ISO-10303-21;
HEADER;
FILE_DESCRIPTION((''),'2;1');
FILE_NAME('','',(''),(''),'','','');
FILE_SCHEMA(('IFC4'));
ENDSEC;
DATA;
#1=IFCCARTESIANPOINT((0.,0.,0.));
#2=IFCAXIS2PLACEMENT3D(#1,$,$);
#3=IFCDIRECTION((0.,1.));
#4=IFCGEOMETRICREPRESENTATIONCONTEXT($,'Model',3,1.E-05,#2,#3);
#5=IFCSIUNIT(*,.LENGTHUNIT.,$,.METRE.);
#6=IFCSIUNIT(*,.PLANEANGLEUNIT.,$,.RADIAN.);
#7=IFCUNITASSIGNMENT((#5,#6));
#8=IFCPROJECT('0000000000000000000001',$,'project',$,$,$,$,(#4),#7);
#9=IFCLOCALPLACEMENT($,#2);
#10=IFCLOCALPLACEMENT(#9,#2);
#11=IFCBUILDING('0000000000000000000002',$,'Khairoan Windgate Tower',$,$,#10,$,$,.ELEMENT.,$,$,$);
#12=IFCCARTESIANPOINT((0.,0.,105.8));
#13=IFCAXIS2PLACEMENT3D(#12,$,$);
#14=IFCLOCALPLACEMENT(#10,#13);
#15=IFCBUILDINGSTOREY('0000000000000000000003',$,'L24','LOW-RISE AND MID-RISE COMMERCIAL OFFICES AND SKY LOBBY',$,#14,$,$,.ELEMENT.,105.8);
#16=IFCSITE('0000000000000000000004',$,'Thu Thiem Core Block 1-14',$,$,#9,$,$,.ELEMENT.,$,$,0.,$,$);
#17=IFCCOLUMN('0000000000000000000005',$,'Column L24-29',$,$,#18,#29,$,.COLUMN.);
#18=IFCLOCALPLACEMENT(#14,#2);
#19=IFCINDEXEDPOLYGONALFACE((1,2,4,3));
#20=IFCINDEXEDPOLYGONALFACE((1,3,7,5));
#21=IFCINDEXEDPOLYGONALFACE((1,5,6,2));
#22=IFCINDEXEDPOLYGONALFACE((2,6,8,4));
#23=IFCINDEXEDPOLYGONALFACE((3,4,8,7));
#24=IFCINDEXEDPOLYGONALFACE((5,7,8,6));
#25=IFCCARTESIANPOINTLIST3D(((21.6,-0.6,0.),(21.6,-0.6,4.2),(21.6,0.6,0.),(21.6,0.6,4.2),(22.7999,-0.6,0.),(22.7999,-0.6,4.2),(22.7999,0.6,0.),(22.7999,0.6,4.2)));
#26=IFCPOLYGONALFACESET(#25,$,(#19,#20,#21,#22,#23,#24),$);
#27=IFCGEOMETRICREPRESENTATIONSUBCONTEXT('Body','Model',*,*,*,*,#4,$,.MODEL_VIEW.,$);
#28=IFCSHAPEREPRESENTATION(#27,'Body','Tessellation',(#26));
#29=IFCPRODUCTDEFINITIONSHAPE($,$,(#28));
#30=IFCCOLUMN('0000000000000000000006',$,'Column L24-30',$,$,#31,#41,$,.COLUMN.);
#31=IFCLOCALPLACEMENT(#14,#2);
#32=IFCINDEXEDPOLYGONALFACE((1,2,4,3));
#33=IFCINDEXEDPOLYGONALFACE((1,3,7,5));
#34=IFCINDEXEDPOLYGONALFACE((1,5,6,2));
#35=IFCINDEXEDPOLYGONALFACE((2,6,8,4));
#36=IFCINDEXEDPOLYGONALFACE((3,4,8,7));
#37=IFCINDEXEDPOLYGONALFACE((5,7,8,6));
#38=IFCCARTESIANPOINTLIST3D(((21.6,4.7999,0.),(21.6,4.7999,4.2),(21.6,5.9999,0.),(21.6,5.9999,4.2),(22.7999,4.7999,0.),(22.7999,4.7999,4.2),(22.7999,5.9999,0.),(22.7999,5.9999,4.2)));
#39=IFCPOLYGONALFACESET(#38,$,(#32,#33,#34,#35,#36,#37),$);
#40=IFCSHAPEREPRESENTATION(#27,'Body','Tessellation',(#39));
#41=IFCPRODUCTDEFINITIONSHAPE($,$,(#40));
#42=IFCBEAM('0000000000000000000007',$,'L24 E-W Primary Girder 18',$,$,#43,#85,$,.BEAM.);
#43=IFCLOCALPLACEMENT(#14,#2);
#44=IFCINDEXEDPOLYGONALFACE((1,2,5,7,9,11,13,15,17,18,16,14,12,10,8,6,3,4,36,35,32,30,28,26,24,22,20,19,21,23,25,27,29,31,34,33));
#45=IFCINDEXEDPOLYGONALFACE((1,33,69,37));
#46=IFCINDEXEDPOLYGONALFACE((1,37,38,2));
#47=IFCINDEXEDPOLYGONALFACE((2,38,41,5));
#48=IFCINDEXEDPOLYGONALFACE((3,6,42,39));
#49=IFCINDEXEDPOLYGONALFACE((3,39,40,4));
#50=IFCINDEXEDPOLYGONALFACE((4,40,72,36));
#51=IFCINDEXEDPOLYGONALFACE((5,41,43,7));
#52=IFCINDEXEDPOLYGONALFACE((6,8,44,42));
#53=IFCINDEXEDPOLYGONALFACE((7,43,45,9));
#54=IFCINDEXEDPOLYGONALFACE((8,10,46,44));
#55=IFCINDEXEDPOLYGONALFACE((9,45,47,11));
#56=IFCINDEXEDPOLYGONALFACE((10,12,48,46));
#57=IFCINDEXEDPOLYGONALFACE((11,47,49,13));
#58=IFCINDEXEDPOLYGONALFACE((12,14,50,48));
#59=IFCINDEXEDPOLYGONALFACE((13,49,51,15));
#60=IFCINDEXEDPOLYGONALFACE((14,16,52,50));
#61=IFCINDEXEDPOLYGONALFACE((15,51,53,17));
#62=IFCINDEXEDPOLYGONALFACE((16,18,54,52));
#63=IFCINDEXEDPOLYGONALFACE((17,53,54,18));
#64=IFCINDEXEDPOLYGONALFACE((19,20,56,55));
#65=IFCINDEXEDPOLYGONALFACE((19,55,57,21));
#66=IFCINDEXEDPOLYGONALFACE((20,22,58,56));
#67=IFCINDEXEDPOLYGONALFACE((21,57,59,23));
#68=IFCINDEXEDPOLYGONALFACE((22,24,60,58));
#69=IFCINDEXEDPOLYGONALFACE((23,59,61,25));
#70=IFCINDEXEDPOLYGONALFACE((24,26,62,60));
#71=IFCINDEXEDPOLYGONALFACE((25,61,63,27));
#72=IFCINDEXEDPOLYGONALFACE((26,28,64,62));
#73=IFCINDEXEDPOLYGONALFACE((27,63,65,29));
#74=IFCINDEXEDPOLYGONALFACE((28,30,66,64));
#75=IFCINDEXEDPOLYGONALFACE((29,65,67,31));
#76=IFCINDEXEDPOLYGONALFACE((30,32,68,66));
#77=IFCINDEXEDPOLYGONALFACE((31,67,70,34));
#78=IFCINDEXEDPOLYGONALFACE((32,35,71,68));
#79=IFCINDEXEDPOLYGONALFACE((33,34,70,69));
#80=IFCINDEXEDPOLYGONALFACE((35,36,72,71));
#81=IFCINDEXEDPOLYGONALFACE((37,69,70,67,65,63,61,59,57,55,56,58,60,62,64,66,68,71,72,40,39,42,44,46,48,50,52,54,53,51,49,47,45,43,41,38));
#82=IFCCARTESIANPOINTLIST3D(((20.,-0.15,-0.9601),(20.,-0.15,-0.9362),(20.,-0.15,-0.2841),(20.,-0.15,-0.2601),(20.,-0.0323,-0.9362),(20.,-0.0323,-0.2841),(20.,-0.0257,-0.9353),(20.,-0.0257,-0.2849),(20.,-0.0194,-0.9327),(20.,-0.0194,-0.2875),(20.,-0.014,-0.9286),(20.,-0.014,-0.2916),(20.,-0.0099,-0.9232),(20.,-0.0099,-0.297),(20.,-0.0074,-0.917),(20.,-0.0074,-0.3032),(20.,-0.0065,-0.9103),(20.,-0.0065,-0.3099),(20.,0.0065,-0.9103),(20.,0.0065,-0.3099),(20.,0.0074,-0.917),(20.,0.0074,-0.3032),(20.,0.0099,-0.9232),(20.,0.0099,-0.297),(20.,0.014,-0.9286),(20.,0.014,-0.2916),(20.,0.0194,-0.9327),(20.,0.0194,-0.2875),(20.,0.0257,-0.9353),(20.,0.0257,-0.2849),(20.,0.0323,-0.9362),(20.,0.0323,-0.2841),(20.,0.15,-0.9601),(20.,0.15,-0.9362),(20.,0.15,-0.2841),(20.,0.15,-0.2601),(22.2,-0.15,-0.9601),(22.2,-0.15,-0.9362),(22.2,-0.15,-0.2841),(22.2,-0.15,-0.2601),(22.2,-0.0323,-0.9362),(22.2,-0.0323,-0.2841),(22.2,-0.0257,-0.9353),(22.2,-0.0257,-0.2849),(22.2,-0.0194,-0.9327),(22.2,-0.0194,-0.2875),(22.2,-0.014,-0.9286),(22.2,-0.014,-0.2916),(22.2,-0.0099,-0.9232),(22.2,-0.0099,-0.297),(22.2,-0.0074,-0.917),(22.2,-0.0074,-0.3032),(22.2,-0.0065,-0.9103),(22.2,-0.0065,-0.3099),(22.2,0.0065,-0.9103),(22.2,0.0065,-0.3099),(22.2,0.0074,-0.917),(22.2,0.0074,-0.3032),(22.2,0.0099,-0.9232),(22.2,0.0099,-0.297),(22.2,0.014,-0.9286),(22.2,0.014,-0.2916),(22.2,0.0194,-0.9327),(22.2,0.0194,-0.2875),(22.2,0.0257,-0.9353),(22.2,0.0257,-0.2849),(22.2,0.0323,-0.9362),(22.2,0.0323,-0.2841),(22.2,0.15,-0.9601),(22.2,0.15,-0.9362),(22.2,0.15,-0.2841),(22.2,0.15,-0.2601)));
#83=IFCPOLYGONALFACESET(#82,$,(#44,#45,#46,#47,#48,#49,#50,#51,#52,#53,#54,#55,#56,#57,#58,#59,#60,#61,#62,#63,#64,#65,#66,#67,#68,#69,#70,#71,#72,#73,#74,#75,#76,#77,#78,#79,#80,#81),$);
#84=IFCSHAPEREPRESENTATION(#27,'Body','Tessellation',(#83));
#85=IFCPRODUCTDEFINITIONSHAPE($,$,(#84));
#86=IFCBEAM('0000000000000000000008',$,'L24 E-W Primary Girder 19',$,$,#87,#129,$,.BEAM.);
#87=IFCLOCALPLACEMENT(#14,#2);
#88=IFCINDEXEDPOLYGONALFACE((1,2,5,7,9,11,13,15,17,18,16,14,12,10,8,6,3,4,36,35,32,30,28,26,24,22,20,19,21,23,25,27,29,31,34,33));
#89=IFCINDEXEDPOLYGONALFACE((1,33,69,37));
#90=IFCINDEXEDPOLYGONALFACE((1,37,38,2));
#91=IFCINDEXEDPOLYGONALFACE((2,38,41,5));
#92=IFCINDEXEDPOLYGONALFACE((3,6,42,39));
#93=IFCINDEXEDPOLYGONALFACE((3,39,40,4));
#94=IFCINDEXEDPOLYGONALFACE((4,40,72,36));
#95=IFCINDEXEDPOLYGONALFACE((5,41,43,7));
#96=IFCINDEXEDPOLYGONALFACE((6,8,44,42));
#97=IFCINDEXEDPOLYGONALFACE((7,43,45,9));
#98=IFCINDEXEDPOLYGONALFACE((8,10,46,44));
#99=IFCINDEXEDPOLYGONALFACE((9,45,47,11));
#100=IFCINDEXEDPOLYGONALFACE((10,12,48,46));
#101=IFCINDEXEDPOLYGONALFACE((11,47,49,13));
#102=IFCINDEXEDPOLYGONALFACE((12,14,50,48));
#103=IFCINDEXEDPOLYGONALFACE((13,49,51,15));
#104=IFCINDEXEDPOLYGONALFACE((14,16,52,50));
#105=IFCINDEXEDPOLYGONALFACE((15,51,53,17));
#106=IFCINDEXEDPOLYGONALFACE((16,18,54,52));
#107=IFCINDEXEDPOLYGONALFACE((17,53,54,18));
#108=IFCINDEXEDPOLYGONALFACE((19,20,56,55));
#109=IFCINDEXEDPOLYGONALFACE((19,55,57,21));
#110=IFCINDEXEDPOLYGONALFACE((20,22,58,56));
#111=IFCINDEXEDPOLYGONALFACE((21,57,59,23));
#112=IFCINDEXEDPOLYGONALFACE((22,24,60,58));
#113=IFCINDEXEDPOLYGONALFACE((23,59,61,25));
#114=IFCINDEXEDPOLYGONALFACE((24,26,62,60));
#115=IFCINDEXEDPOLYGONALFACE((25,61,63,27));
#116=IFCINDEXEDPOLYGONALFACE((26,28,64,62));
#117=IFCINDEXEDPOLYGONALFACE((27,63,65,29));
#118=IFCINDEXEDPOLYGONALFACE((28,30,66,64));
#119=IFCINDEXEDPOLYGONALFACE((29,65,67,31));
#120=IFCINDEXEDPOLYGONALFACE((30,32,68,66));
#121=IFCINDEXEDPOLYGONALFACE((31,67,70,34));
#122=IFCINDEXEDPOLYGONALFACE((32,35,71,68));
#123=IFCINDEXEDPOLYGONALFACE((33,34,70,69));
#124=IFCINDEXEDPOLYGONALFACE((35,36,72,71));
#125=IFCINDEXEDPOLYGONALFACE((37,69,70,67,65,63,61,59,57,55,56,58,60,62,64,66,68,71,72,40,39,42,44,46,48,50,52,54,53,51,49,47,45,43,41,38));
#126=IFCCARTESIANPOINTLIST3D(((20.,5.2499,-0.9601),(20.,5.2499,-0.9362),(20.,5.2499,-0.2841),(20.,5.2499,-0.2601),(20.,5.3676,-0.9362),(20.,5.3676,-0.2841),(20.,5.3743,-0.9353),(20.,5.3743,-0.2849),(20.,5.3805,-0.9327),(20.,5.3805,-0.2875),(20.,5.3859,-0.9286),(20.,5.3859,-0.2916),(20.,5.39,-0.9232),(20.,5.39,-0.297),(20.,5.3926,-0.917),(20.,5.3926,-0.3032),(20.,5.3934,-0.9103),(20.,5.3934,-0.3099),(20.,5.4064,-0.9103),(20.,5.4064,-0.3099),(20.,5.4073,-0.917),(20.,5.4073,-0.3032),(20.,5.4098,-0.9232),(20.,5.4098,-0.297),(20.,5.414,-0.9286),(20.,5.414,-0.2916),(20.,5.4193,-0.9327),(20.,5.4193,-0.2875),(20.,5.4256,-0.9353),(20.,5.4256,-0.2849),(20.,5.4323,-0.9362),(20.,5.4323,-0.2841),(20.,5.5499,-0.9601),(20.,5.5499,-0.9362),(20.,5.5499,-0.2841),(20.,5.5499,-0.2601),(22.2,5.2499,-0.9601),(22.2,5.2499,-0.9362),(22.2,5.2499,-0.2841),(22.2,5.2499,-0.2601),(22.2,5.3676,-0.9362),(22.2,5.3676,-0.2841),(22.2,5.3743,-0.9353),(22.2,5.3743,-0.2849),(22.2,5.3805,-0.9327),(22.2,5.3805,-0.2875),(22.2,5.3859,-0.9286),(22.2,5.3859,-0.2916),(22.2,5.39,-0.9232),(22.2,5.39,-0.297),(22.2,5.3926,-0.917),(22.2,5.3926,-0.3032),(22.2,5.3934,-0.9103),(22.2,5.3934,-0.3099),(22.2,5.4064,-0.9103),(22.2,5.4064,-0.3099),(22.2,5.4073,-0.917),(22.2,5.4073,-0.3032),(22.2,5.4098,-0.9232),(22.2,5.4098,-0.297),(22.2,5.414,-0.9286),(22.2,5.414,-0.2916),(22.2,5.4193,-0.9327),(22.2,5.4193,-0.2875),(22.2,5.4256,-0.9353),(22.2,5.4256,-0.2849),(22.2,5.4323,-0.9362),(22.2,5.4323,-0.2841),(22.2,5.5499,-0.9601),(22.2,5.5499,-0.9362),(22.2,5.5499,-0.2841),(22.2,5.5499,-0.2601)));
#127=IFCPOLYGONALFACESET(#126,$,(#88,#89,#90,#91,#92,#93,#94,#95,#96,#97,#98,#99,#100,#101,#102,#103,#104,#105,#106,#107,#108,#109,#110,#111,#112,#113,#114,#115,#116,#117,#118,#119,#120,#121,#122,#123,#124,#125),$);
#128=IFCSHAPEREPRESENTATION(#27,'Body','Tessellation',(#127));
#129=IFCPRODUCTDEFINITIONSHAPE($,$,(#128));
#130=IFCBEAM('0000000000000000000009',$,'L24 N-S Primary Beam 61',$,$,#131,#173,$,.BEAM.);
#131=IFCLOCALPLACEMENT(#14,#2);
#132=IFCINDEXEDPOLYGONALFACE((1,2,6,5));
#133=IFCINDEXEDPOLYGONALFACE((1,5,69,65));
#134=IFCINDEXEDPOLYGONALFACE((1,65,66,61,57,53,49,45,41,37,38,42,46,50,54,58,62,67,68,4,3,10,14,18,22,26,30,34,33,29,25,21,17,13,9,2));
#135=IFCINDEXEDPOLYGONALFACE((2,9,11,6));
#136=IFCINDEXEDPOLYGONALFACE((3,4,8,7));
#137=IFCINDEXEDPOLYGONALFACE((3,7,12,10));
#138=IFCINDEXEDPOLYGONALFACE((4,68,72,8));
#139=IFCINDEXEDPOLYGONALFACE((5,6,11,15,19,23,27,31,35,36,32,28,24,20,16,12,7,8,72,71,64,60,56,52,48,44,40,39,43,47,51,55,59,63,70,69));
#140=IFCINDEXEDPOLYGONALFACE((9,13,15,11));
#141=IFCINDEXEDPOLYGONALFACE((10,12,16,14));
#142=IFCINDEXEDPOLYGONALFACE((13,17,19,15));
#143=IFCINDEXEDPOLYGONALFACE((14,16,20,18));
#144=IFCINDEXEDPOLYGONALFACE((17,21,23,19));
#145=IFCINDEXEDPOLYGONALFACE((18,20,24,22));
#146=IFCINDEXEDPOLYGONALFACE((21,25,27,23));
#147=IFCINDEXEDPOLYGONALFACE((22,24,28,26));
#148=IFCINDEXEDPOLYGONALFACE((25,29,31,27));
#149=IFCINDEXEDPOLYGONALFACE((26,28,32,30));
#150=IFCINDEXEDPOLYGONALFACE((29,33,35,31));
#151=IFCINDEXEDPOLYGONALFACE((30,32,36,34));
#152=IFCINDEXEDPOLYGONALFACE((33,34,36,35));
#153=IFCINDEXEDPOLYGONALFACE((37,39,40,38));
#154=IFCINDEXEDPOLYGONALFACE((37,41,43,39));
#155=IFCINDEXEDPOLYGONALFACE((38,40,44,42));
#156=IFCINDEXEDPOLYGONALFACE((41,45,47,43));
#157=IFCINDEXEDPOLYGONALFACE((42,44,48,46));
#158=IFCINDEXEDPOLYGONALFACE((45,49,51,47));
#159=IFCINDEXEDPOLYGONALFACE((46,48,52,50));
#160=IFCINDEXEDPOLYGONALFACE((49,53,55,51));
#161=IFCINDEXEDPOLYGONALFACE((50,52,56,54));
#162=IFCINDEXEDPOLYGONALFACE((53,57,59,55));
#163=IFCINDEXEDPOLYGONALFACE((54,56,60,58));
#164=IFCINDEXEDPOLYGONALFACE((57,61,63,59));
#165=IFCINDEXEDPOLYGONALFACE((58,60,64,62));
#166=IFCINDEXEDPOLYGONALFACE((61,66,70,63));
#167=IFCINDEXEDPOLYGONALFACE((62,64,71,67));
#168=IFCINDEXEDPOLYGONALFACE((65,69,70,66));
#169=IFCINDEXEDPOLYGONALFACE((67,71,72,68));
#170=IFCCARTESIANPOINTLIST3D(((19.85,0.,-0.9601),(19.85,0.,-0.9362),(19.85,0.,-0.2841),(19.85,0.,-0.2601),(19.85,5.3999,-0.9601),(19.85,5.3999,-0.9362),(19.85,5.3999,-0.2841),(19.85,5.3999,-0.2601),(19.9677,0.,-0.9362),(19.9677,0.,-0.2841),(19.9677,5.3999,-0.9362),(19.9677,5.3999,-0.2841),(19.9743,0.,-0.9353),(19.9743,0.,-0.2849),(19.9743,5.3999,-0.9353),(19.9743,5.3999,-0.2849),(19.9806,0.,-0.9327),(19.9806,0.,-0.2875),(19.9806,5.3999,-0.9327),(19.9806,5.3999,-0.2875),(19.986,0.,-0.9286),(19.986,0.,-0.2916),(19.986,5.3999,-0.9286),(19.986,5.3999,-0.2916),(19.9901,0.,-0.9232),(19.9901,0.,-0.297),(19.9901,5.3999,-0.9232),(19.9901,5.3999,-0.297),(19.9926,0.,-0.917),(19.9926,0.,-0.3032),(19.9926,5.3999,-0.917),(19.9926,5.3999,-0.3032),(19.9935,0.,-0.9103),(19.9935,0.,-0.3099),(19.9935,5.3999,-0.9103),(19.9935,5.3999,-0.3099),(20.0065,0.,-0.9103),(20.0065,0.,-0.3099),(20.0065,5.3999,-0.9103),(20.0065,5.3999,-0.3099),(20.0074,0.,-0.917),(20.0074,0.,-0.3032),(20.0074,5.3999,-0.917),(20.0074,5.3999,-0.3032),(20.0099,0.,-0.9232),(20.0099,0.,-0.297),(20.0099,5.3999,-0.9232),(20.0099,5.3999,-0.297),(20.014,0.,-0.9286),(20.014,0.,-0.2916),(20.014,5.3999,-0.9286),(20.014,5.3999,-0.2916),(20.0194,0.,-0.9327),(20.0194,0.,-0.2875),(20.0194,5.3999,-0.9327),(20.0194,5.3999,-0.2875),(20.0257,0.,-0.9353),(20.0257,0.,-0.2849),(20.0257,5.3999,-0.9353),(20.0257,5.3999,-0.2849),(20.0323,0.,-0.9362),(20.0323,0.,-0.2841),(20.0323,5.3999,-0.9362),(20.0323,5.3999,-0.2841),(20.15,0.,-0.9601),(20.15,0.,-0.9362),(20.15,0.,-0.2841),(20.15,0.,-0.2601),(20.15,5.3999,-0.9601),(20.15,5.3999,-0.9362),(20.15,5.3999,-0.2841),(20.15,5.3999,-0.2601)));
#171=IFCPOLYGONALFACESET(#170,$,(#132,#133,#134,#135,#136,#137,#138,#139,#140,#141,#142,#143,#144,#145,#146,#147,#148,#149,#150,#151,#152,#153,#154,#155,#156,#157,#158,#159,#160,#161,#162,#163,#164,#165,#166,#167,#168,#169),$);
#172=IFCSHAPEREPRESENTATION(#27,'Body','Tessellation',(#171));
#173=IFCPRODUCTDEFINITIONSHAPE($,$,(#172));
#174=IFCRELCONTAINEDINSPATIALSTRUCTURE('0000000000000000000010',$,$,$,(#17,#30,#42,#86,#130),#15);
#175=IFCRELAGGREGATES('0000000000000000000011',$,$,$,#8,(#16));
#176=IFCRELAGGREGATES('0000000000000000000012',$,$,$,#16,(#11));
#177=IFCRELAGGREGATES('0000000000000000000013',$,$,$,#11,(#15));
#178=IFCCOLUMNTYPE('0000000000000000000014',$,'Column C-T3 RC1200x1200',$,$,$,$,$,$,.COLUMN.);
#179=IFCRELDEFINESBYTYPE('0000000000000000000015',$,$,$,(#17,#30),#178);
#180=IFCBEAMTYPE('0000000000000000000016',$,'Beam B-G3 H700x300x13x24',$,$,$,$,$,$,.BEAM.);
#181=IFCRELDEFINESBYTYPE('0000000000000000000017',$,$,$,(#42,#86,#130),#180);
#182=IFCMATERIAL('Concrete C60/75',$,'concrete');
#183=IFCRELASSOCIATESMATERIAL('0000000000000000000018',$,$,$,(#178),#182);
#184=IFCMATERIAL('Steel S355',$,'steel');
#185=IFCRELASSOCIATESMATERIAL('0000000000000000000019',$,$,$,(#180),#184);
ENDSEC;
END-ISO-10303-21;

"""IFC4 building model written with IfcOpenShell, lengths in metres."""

from ifc_helpers import new_model, si_unit, direction, frame, origin, origin_2d, place, context, subcontext, project, spatial, rectangle, i_section, extrude, material, material_profile, profile_set, type_object, element, save


model = new_model("IFC4")

# Units and contexts
model_context = context("Model", 3, precision=1e-05, world=origin(), true_north=direction((0.0, 1.0)))
body_context = subcontext(model_context, "Body", "Model", "MODEL_VIEW")
ifc_project = project(units=[si_unit("LENGTHUNIT", "METRE"), si_unit("PLANEANGLEUNIT", "RADIAN")], contexts=[model_context])

# Site, building, storey
site_placement = place(None, origin())
site = spatial("IfcSite", under=ifc_project, at=site_placement, Name="Thu Thiem Core Block 1-14", CompositionType="ELEMENT", RefElevation=0.0)
building_placement = place(site_placement, origin())
building = spatial("IfcBuilding", under=site, at=building_placement, Name="Khairoan Windgate Tower", CompositionType="ELEMENT")
storey_placement = place(building_placement, frame((0.0, 0.0, 105.8)))
storey = spatial("IfcBuildingStorey", under=building, at=storey_placement, Name="L24", Description="LOW-RISE AND MID-RISE COMMERCIAL OFFICES AND SKY LOBBY", CompositionType="ELEMENT", Elevation=105.8)

# Columns
ifc_material_1 = material(Name="Concrete C60/75", Category="concrete")
ifc_material_profile_1 = material_profile(ifc_material_1, rectangle(XDim=1.2, YDim=1.2, at=origin_2d()))
ifc_profile_set_1 = profile_set([ifc_material_profile_1], Name="Concrete C60/75")
column_type = type_object("IfcColumnType", Name="Column C-T3 RC1200x1200", PredefinedType="COLUMN", material=ifc_profile_set_1)
for number, where, z_axis, x_axis, name in (
    (1, (22.2, 0.0, 0.0), (0.0, 0.0, 1.0), (1.0, 0.0, 0.0), "Column L24-29"),
    (2, (22.2, 5.3999, 0.0), (0.0, 0.0, 1.0), (1.0, 0.0, 0.0), "Column L24-30"),
):
    element("IfcColumn", number, at=place(storey_placement, frame(where, z_axis=z_axis, x_axis=x_axis)), inside=storey, type_object=column_type, Name=name, PredefinedType="COLUMN", context=body_context, shape_type="SweptSolid", body=[
        extrude(rectangle(XDim=1.2, YDim=1.2, at=origin_2d()), origin(), (0.0, 0.0, 1.0), 4.2),
    ])

# Beams
ifc_material_2 = material(Name="Steel S355", Category="steel")
ifc_material_profile_2 = material_profile(ifc_material_2, i_section(OverallWidth=0.3, OverallDepth=0.7, WebThickness=0.0129, FlangeThickness=0.0239, FilletRadius=0.0259, at=origin_2d()))
ifc_profile_set_2 = profile_set([ifc_material_profile_2], Name="Steel S355")
beam_type_1 = type_object("IfcBeamType", Name="Beam B-G3 H700x300x13x24", PredefinedType="BEAM", material=ifc_profile_set_2)
for number, where, z_axis, x_axis, name in (
    (3, (20.0, 0.0, -0.6101), (1.0, 0.0, 0.0), (0.0, 1.0, 0.0), "L24 E-W Primary Girder 18"),
    (4, (20.0, 5.3999, -0.6101), (1.0, 0.0, 0.0), (0.0, 1.0, 0.0), "L24 E-W Primary Girder 19"),
):
    element("IfcBeam", number, at=place(storey_placement, frame(where, z_axis=z_axis, x_axis=x_axis)), inside=storey, type_object=beam_type_1, Name=name, PredefinedType="BEAM", context=body_context, shape_type="SweptSolid", body=[
        extrude(i_section(OverallWidth=0.3, OverallDepth=0.7, WebThickness=0.0129, FlangeThickness=0.0239, FilletRadius=0.0259, at=origin_2d()), origin(), (0.0, 0.0, 1.0), 2.2),
    ])
beam_1_placement = place(storey_placement, frame((20.0, 0.0, -0.6101), z_axis=(0.0, 1.0, 0.0), x_axis=(-1.0, 0.0, 0.0)))
element("IfcBeam", 5, at=beam_1_placement, inside=storey, type_object=beam_type_1, Name="L24 N-S Primary Beam 61", PredefinedType="BEAM", context=body_context, shape_type="SweptSolid", body=[
    extrude(i_section(OverallWidth=0.3, OverallDepth=0.7, WebThickness=0.0129, FlangeThickness=0.0239, FilletRadius=0.0259, at=origin_2d()), origin(), (0.0, 0.0, 1.0), 5.3999),
])

save(model, "model.ifc")
